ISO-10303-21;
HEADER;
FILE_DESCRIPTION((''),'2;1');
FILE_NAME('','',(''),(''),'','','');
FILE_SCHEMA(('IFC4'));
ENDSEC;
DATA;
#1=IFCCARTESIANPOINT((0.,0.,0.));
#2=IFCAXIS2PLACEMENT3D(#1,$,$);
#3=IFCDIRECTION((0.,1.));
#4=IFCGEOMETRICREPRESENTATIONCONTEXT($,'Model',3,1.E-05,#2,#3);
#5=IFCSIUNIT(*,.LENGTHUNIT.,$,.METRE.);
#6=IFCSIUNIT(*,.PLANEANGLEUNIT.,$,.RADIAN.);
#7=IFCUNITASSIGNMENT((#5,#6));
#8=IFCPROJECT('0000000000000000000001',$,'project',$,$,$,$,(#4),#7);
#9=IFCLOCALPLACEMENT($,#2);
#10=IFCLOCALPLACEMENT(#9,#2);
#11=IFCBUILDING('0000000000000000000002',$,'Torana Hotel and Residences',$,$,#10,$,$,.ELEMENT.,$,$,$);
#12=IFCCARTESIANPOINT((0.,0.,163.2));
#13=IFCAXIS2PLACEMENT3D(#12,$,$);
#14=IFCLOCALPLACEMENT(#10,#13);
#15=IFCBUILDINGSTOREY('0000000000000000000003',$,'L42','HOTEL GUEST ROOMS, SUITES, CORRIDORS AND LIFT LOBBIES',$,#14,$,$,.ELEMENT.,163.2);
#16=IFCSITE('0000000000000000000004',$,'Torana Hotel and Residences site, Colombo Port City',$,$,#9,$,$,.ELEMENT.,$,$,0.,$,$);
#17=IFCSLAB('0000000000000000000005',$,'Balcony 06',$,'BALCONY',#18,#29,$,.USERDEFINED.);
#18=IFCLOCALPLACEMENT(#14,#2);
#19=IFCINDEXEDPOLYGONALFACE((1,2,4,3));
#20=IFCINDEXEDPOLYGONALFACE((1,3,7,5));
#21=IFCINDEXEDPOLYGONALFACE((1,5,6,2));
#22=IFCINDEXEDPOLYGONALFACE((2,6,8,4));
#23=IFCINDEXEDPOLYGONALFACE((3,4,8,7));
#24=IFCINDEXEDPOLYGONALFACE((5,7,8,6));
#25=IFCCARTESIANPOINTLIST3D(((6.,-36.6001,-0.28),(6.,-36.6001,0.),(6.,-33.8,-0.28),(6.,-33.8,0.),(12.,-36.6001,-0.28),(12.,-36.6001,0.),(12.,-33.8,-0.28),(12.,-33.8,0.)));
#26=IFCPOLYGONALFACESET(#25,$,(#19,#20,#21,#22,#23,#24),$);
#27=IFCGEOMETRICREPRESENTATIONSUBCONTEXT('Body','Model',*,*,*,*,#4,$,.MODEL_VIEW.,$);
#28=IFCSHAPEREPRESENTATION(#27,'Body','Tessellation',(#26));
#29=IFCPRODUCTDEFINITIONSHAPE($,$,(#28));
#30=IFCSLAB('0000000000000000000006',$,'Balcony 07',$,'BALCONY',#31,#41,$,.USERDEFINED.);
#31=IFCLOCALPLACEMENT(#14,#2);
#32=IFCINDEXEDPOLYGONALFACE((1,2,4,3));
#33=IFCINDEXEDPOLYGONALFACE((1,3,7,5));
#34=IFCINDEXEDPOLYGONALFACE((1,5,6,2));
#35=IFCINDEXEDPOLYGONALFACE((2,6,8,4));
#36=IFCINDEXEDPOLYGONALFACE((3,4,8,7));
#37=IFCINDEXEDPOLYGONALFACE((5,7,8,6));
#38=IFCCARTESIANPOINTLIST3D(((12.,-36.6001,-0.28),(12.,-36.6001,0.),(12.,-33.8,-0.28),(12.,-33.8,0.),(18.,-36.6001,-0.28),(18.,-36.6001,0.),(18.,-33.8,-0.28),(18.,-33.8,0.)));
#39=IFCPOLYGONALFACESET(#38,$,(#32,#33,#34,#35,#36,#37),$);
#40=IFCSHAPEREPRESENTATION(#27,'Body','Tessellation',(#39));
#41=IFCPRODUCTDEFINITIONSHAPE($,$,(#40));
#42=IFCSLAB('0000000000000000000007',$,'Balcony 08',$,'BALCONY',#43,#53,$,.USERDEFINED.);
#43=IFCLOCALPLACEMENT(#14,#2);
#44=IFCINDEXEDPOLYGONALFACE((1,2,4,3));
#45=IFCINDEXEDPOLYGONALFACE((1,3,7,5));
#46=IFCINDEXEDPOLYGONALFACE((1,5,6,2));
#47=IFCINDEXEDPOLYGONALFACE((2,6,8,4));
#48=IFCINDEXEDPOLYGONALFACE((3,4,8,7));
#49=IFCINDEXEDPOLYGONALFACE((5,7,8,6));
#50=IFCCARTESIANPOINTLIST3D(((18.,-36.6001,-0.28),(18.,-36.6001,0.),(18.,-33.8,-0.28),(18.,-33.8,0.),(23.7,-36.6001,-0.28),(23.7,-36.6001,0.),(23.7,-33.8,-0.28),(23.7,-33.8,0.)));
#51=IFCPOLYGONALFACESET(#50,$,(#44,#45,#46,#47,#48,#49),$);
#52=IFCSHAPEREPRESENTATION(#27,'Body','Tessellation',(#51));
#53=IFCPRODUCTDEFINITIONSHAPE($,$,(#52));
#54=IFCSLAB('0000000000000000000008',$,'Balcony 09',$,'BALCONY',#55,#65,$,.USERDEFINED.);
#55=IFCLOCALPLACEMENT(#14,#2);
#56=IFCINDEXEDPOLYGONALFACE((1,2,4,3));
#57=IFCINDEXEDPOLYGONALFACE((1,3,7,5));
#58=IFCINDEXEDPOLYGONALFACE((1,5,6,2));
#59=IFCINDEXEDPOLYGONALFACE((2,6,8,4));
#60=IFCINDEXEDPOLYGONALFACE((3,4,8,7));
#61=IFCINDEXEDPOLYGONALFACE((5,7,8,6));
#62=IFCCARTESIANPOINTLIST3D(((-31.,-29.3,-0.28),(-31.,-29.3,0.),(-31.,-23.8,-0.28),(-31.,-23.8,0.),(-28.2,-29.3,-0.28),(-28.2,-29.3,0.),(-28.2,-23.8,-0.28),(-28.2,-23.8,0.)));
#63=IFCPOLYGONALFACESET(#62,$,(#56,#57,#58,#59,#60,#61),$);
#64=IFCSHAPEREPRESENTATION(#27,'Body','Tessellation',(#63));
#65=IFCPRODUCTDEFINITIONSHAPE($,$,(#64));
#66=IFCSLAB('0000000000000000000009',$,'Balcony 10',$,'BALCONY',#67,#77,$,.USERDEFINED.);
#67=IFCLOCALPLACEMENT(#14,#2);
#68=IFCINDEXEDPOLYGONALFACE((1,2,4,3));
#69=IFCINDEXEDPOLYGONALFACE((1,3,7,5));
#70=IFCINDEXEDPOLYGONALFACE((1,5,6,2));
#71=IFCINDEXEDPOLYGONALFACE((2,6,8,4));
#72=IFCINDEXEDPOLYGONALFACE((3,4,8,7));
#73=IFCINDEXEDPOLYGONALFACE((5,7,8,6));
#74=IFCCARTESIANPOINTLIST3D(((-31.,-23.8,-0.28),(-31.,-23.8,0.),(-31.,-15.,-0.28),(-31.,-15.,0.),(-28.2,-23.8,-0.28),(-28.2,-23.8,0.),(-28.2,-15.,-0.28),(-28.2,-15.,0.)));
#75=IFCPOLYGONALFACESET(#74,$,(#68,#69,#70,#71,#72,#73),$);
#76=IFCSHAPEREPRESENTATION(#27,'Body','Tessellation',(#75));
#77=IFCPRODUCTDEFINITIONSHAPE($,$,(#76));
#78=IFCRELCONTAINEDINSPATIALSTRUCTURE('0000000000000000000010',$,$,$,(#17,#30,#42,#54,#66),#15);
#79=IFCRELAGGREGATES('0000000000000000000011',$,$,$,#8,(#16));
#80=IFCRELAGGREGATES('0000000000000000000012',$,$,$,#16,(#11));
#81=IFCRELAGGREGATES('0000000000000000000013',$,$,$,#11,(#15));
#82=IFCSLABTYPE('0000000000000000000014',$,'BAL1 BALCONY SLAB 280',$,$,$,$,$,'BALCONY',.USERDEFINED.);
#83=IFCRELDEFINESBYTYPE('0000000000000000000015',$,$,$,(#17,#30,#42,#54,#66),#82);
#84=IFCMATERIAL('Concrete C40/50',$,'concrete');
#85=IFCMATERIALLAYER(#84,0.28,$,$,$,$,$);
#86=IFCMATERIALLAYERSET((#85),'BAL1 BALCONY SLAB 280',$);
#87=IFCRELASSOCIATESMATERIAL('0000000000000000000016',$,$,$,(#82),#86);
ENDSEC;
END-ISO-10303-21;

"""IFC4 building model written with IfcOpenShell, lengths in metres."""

from ifc_helpers import new_model, si_unit, direction, frame, origin, place, context, subcontext, project, spatial, polyline, outline, extrude, material, layer, layer_set, type_object, element, save


model = new_model("IFC4")

# Units and contexts
model_context = context("Model", 3, precision=1e-05, world=origin(), true_north=direction((0.0, 1.0)))
body_context = subcontext(model_context, "Body", "Model", "MODEL_VIEW")
ifc_project = project(units=[si_unit("LENGTHUNIT", "METRE"), si_unit("PLANEANGLEUNIT", "RADIAN")], contexts=[model_context])

# Site, building, storey
site_placement = place(None, origin())
site = spatial("IfcSite", under=ifc_project, at=site_placement, Name="Torana Hotel and Residences site, Colombo Port City", CompositionType="ELEMENT", RefElevation=0.0)
building_placement = place(site_placement, origin())
building = spatial("IfcBuilding", under=site, at=building_placement, Name="Torana Hotel and Residences", CompositionType="ELEMENT")
storey_placement = place(building_placement, frame((0.0, 0.0, 163.2)))
storey = spatial("IfcBuildingStorey", under=building, at=storey_placement, Name="L42", Description="HOTEL GUEST ROOMS, SUITES, CORRIDORS AND LIFT LOBBIES", CompositionType="ELEMENT", Elevation=163.2)

# Slabs
ifc_material_1 = material(Name="Concrete C40/50", Category="concrete")
ifc_layer_1 = layer(ifc_material_1, 0.28)
ifc_layer_set_1 = layer_set([ifc_layer_1], Name="BAL1 BALCONY SLAB 280")
slab_type = type_object("IfcSlabType", Name="BAL1 BALCONY SLAB 280", ElementType="BALCONY", PredefinedType="USERDEFINED", material=ifc_layer_set_1)
slab_1_placement = place(storey_placement, frame((0.0, 0.0, -0.28)))
element("IfcSlab", 1, at=slab_1_placement, inside=storey, type_object=slab_type, Name="Balcony 06", ObjectType="BALCONY", PredefinedType="USERDEFINED", context=body_context, shape_type="SweptSolid", body=[
    extrude(outline(polyline([(6.0, -36.6001), (12.0, -36.6001), (12.0, -33.8), (6.0, -33.8), (6.0, -36.6001)])), origin(), (0.0, 0.0, 1.0), 0.28),
])
slab_2_placement = place(storey_placement, frame((0.0, 0.0, -0.28)))
element("IfcSlab", 2, at=slab_2_placement, inside=storey, type_object=slab_type, Name="Balcony 07", ObjectType="BALCONY", PredefinedType="USERDEFINED", context=body_context, shape_type="SweptSolid", body=[
    extrude(outline(polyline([(12.0, -36.6001), (18.0, -36.6001), (18.0, -33.8), (12.0, -33.8), (12.0, -36.6001)])), origin(), (0.0, 0.0, 1.0), 0.28),
])
slab_3_placement = place(storey_placement, frame((0.0, 0.0, -0.28)))
element("IfcSlab", 3, at=slab_3_placement, inside=storey, type_object=slab_type, Name="Balcony 08", ObjectType="BALCONY", PredefinedType="USERDEFINED", context=body_context, shape_type="SweptSolid", body=[
    extrude(outline(polyline([(18.0, -36.6001), (23.7, -36.6001), (23.7, -33.8), (18.0, -33.8), (18.0, -36.6001)])), origin(), (0.0, 0.0, 1.0), 0.28),
])
slab_4_placement = place(storey_placement, frame((0.0, 0.0, -0.28)))
element("IfcSlab", 4, at=slab_4_placement, inside=storey, type_object=slab_type, Name="Balcony 09", ObjectType="BALCONY", PredefinedType="USERDEFINED", context=body_context, shape_type="SweptSolid", body=[
    extrude(outline(polyline([(-31.0, -29.3), (-28.2, -29.3), (-28.2, -23.8), (-31.0, -23.8), (-31.0, -29.3)])), origin(), (0.0, 0.0, 1.0), 0.28),
])
slab_5_placement = place(storey_placement, frame((0.0, 0.0, -0.28)))
element("IfcSlab", 5, at=slab_5_placement, inside=storey, type_object=slab_type, Name="Balcony 10", ObjectType="BALCONY", PredefinedType="USERDEFINED", context=body_context, shape_type="SweptSolid", body=[
    extrude(outline(polyline([(-31.0, -23.8), (-28.2, -23.8), (-28.2, -15.0), (-31.0, -15.0), (-31.0, -23.8)])), origin(), (0.0, 0.0, 1.0), 0.28),
])

save(model, "model.ifc")
